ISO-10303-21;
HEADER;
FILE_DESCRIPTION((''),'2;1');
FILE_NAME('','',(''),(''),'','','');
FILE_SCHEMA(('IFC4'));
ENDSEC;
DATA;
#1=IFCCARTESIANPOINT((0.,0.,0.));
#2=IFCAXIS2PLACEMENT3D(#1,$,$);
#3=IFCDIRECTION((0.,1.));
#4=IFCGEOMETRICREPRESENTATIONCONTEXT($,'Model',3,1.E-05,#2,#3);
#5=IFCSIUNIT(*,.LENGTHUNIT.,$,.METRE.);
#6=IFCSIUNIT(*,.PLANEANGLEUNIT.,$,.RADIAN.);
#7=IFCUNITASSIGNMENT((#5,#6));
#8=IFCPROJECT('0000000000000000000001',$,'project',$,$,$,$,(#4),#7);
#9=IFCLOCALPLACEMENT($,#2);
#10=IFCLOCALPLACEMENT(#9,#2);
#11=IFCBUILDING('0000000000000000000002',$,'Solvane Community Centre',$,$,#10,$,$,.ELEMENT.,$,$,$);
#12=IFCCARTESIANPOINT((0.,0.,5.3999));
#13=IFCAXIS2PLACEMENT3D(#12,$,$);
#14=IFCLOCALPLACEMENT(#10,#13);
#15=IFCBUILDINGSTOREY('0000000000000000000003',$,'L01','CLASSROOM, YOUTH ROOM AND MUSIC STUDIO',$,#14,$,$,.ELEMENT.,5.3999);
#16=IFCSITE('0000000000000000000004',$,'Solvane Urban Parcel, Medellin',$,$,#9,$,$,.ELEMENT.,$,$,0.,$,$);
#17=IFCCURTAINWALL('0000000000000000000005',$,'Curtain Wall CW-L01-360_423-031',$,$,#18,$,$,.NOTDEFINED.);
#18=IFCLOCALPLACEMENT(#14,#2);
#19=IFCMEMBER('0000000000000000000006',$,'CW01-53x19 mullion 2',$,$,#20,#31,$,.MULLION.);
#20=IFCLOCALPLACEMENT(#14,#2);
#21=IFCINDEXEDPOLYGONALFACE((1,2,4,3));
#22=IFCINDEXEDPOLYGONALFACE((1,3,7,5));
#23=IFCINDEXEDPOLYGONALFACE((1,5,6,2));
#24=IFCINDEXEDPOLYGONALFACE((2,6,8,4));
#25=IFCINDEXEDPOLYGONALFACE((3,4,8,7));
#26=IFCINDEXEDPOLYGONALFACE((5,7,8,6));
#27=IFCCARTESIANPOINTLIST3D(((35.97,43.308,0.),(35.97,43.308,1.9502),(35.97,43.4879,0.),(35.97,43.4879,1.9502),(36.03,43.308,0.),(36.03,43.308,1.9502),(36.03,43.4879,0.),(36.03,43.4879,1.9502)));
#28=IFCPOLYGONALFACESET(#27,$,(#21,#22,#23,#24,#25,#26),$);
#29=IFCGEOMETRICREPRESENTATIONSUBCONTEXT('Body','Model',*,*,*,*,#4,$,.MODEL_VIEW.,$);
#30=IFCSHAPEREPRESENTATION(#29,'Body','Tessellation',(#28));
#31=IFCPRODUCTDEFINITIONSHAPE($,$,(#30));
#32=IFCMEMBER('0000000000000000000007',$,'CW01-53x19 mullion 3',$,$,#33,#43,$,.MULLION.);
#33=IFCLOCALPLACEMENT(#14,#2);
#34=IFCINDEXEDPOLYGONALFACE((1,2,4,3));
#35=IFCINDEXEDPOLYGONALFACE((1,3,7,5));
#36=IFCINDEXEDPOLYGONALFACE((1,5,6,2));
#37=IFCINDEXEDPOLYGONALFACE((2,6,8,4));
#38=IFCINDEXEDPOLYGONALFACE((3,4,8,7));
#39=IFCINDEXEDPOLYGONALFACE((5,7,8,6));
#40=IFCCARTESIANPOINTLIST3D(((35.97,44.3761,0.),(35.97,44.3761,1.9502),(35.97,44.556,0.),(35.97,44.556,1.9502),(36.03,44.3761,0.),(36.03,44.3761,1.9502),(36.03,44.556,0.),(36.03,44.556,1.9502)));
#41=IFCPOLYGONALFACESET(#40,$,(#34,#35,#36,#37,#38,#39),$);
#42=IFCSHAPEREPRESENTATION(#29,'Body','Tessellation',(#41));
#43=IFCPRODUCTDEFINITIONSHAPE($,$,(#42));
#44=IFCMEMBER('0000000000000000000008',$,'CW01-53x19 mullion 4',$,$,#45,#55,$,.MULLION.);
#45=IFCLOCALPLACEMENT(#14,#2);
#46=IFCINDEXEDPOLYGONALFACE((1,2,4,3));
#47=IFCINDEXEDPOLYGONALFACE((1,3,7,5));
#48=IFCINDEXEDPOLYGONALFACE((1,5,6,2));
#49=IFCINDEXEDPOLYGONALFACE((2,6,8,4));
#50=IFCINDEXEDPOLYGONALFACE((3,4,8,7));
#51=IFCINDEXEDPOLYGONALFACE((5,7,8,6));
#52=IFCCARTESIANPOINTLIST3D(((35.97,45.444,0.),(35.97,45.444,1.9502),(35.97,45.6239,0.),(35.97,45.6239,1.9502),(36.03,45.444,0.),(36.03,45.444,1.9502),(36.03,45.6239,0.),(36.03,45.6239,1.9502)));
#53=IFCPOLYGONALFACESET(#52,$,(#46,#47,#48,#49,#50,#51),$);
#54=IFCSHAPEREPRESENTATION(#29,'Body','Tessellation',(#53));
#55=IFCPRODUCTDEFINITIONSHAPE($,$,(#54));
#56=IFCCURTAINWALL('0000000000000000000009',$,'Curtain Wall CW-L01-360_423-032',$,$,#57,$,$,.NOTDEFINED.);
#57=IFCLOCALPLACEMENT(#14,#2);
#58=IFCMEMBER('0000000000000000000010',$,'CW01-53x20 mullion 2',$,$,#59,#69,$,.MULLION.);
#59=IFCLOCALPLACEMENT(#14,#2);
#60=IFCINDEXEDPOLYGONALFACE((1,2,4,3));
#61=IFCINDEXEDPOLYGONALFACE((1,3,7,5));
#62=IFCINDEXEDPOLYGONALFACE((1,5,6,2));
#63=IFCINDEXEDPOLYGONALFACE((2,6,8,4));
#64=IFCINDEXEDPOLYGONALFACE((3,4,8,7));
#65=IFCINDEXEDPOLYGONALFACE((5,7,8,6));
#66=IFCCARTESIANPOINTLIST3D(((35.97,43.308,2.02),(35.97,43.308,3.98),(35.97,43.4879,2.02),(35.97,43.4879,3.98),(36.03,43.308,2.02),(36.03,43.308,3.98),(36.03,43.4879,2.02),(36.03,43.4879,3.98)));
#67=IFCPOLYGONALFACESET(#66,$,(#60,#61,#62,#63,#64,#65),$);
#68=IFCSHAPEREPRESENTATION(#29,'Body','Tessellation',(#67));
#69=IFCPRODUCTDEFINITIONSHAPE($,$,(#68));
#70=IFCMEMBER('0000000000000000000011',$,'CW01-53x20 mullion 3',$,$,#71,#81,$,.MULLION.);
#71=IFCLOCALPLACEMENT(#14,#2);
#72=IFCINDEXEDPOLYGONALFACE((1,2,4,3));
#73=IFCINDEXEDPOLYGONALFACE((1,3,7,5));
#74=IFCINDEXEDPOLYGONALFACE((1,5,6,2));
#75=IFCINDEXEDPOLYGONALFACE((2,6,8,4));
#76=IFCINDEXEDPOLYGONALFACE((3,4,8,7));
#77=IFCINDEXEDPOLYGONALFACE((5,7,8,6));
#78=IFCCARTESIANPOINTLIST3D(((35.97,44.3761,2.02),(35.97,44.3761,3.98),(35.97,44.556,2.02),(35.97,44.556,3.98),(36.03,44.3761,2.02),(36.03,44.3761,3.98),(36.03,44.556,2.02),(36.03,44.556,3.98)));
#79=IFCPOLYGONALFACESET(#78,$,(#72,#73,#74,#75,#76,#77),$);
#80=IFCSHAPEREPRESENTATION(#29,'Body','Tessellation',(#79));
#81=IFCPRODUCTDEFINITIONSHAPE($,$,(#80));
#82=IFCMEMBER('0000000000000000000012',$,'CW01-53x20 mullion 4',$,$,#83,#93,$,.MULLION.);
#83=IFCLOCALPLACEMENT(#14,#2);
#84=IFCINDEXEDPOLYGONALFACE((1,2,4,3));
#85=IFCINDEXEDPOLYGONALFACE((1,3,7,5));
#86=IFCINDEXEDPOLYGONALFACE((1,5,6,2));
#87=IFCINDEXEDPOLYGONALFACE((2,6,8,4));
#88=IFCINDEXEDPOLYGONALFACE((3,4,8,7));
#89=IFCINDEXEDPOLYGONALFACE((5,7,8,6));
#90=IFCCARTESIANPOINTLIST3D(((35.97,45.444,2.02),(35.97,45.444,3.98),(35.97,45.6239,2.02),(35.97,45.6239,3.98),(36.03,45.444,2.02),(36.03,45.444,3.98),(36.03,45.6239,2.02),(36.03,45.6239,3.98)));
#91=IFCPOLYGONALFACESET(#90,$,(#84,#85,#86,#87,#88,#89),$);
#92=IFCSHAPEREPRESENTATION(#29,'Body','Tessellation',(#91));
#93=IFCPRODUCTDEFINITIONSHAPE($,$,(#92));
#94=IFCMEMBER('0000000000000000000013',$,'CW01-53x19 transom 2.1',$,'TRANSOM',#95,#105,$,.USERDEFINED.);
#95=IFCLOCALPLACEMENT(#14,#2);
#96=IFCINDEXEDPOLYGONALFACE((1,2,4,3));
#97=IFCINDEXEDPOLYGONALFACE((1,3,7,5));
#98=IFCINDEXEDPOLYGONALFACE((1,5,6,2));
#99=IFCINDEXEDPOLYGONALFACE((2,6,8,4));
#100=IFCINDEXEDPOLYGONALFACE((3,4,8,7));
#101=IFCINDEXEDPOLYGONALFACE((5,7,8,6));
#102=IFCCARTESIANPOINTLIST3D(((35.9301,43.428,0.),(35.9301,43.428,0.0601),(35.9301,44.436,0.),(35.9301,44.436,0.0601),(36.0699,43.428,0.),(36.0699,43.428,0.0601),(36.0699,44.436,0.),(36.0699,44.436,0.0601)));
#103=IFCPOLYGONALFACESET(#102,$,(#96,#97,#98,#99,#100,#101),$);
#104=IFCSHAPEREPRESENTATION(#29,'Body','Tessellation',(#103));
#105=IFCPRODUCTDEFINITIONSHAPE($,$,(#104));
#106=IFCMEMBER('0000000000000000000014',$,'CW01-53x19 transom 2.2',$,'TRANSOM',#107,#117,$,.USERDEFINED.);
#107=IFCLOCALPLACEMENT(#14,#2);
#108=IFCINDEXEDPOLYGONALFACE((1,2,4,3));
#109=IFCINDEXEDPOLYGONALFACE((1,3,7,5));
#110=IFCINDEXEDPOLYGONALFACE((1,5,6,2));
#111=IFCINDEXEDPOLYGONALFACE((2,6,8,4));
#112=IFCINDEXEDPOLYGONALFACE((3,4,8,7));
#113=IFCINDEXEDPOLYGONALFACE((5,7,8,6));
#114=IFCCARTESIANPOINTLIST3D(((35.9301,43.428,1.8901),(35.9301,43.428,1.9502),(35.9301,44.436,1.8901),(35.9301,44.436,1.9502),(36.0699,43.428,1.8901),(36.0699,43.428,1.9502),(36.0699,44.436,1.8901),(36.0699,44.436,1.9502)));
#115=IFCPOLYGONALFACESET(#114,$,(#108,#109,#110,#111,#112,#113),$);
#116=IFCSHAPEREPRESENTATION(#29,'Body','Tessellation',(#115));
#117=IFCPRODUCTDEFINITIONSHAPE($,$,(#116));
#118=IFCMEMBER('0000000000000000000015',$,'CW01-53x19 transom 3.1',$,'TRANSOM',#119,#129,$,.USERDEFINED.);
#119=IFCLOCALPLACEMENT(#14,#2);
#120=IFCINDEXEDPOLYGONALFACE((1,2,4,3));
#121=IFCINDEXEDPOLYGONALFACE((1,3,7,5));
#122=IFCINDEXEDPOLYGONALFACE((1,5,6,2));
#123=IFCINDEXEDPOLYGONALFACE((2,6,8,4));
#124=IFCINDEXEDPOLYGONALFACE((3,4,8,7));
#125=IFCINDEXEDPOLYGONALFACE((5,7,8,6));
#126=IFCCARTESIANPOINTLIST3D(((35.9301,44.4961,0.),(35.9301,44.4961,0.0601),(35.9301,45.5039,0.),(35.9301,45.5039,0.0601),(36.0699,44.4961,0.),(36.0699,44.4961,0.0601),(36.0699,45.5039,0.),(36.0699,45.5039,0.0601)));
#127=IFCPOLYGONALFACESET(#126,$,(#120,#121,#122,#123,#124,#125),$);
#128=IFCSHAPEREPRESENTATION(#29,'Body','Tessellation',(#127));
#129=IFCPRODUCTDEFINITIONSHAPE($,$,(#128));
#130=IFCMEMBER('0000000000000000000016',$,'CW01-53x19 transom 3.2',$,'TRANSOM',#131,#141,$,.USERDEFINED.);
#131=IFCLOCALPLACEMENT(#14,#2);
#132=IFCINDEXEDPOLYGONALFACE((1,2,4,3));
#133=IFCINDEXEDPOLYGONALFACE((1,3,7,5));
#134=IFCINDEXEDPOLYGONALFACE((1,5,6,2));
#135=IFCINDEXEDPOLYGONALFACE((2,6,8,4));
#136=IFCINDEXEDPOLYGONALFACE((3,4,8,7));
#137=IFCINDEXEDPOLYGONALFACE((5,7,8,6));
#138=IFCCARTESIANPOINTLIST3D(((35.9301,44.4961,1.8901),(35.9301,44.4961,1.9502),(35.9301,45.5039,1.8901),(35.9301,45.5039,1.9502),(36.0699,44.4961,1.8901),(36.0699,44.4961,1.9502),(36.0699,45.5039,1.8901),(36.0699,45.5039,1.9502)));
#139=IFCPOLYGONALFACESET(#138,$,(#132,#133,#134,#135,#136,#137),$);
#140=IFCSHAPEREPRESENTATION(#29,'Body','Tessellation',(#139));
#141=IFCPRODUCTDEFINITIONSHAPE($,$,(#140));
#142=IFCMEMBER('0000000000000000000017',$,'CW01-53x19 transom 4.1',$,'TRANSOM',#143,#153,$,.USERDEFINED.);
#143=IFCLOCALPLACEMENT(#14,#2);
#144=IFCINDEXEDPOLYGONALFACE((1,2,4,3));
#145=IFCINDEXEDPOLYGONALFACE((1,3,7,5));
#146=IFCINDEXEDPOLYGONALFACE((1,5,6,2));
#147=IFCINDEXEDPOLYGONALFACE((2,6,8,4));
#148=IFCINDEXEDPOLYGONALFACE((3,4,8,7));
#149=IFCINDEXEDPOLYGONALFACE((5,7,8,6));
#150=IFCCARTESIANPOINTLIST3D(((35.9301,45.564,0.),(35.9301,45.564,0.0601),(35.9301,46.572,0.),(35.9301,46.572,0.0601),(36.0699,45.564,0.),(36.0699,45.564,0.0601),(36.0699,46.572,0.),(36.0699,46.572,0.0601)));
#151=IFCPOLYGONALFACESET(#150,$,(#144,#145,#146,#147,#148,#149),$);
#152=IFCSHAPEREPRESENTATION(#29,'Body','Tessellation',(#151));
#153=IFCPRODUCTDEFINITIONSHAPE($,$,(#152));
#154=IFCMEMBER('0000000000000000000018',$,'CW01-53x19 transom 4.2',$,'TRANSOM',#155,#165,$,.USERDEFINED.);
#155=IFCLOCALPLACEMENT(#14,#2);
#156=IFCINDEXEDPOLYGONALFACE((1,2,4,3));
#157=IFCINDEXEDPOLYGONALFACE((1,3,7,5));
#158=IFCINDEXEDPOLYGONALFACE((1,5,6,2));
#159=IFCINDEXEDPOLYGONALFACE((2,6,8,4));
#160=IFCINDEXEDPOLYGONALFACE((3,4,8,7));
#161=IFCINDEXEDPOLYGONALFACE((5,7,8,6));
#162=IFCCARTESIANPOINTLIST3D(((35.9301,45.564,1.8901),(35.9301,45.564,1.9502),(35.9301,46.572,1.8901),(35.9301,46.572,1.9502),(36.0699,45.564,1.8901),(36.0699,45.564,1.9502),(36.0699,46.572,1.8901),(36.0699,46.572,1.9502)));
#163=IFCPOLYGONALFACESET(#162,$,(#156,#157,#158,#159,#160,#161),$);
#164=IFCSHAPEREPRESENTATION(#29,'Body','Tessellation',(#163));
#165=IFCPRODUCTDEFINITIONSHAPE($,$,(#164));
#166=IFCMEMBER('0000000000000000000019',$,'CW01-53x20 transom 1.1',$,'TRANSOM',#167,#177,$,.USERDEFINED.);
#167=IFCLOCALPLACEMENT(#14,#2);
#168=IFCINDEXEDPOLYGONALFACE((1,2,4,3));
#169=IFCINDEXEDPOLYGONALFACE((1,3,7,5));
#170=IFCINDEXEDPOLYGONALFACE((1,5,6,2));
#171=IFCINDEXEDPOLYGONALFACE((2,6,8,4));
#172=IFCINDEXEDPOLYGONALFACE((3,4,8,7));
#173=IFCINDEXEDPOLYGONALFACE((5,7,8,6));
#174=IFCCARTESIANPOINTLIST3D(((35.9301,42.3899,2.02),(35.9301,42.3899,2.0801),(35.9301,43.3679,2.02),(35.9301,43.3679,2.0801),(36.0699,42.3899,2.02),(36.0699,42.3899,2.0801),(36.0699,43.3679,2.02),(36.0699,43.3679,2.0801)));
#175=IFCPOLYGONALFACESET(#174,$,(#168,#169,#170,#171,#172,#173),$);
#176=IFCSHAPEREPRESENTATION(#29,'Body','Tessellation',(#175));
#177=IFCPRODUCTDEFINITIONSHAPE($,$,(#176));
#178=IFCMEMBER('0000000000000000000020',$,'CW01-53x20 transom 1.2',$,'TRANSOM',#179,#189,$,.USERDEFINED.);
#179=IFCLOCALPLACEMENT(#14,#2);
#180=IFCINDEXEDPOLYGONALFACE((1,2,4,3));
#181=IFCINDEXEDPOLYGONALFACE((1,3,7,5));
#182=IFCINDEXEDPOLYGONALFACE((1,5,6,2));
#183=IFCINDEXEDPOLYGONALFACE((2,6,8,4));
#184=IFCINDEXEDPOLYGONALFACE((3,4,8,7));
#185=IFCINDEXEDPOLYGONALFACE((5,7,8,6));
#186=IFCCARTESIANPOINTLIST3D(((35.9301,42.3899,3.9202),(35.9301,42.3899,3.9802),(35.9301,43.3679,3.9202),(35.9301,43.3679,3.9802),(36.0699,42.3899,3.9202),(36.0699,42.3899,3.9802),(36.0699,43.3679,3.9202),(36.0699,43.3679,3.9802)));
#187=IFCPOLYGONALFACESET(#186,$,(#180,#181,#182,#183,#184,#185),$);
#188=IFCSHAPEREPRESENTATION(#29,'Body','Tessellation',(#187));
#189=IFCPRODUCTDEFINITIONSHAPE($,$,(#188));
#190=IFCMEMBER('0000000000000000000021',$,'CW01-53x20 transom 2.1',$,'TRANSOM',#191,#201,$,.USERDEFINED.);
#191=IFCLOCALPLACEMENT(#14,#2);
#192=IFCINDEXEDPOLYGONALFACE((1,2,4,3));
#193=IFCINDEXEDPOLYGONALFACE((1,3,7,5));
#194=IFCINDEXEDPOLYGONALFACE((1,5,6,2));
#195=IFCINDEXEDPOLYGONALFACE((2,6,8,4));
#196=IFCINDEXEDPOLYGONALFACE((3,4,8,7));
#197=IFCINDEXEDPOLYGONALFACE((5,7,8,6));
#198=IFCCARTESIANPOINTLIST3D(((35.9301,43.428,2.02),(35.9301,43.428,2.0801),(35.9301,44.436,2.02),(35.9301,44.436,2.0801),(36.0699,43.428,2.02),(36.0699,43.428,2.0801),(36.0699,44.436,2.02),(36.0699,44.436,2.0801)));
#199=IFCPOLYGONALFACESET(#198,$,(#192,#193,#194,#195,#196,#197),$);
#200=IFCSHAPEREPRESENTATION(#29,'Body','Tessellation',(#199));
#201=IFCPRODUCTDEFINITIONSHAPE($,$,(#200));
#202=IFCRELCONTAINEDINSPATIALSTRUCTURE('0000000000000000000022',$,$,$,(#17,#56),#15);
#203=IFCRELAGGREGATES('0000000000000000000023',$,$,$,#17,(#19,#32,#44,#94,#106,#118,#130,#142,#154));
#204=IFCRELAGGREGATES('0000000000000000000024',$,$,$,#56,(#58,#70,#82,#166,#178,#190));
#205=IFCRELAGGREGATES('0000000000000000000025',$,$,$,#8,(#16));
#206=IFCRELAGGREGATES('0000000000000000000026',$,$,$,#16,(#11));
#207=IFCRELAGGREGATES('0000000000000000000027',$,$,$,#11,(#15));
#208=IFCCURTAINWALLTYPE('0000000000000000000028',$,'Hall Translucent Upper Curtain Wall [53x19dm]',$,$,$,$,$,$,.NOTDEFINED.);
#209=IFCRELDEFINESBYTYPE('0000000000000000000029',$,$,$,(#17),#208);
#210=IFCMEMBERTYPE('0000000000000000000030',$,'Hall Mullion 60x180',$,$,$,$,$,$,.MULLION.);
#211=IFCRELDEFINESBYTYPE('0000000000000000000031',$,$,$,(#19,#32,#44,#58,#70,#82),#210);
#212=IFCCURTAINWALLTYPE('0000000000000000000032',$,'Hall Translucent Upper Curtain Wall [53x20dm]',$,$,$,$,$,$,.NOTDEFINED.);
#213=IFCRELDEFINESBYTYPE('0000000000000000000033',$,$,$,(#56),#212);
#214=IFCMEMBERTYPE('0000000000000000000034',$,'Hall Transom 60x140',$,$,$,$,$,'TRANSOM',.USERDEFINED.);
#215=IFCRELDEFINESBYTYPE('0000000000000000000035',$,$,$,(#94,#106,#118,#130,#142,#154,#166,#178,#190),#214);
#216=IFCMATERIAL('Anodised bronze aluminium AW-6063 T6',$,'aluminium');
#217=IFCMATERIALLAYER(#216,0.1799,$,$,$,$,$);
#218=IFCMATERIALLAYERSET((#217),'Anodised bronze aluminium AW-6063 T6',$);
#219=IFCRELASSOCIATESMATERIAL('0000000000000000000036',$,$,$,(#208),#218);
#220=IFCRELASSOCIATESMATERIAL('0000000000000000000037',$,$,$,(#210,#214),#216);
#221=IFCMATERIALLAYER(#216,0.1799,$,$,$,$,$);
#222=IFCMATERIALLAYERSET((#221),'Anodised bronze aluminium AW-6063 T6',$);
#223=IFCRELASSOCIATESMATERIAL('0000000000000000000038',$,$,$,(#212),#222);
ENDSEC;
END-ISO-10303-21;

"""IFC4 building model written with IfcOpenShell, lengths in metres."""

from ifc_helpers import new_model, si_unit, direction, frame, origin, origin_2d, place, context, subcontext, project, spatial, rectangle, extrude, material, layer, layer_set, material_profile, profile_set, type_object, element, aggregate, save


model = new_model("IFC4")

# Units and contexts
model_context = context("Model", 3, precision=1e-05, world=origin(), true_north=direction((0.0, 1.0)))
body_context = subcontext(model_context, "Body", "Model", "MODEL_VIEW")
ifc_project = project(units=[si_unit("LENGTHUNIT", "METRE"), si_unit("PLANEANGLEUNIT", "RADIAN")], contexts=[model_context])

# Site, building, storey
site_placement = place(None, origin())
site = spatial("IfcSite", under=ifc_project, at=site_placement, Name="Solvane Urban Parcel, Medellin", CompositionType="ELEMENT", RefElevation=0.0)
building_placement = place(site_placement, origin())
building = spatial("IfcBuilding", under=site, at=building_placement, Name="Solvane Community Centre", CompositionType="ELEMENT")
storey_placement = place(building_placement, frame((0.0, 0.0, 5.3999)))
storey = spatial("IfcBuildingStorey", under=building, at=storey_placement, Name="L01", Description="CLASSROOM, YOUTH ROOM AND MUSIC STUDIO", CompositionType="ELEMENT", Elevation=5.3999)

# Curtain walls, members
ifc_material_1 = material(Name="Anodised bronze aluminium AW-6063 T6", Category="aluminium")
ifc_layer_1 = layer(ifc_material_1, 0.1799)
ifc_layer_set_1 = layer_set([ifc_layer_1], Name="Anodised bronze aluminium AW-6063 T6")
curtain_wall_type_1 = type_object("IfcCurtainWallType", Name="Hall Translucent Upper Curtain Wall [53x19dm]", PredefinedType="NOTDEFINED", material=ifc_layer_set_1)
curtain_wall_1_placement = place(storey_placement, origin())
curtain_wall_1 = element("IfcCurtainWall", 1, at=curtain_wall_1_placement, inside=storey, type_object=curtain_wall_type_1, Name="Curtain Wall CW-L01-360_423-031", PredefinedType="NOTDEFINED")
ifc_material_profile_1 = material_profile(ifc_material_1, rectangle(XDim=0.0601, YDim=0.1799, at=origin_2d()), Name="CW-M 60x180")
ifc_profile_set_1 = profile_set([ifc_material_profile_1], Name="Anodised bronze aluminium AW-6063 T6")
member_type_1 = type_object("IfcMemberType", Name="Hall Mullion 60x180", PredefinedType="MULLION", material=ifc_profile_set_1)
member_1_placement = place(storey_placement, frame((36.0, 43.3979, 0.0), z_axis=(0.0, 0.0, 1.0), x_axis=(-1.0, 0.0, 0.0)))
member_1 = element("IfcMember", 2, at=member_1_placement, type_object=member_type_1, Name="CW01-53x19 mullion 2", PredefinedType="MULLION", context=body_context, shape_type="SweptSolid", body=[
    extrude(rectangle(XDim=0.0601, YDim=0.1799, at=origin_2d()), origin(), (0.0, 0.0, 1.0), 1.9502),
])
member_2_placement = place(storey_placement, frame((36.0, 44.4661, 0.0), z_axis=(0.0, 0.0, 1.0), x_axis=(-1.0, 0.0, 0.0)))
member_2 = element("IfcMember", 3, at=member_2_placement, type_object=member_type_1, Name="CW01-53x19 mullion 3", PredefinedType="MULLION", context=body_context, shape_type="SweptSolid", body=[
    extrude(rectangle(XDim=0.0601, YDim=0.1799, at=origin_2d()), origin(), (0.0, 0.0, 1.0), 1.9502),
])
member_3_placement = place(storey_placement, frame((36.0, 45.5339, 0.0), z_axis=(0.0, 0.0, 1.0), x_axis=(-1.0, 0.0, 0.0)))
member_3 = element("IfcMember", 4, at=member_3_placement, type_object=member_type_1, Name="CW01-53x19 mullion 4", PredefinedType="MULLION", context=body_context, shape_type="SweptSolid", body=[
    extrude(rectangle(XDim=0.0601, YDim=0.1799, at=origin_2d()), origin(), (0.0, 0.0, 1.0), 1.9502),
])
ifc_layer_2 = layer(ifc_material_1, 0.1799)
ifc_layer_set_2 = layer_set([ifc_layer_2], Name="Anodised bronze aluminium AW-6063 T6")
curtain_wall_type_2 = type_object("IfcCurtainWallType", Name="Hall Translucent Upper Curtain Wall [53x20dm]", PredefinedType="NOTDEFINED", material=ifc_layer_set_2)
curtain_wall_2_placement = place(storey_placement, origin())
curtain_wall_2 = element("IfcCurtainWall", 5, at=curtain_wall_2_placement, inside=storey, type_object=curtain_wall_type_2, Name="Curtain Wall CW-L01-360_423-032", PredefinedType="NOTDEFINED")
member_4_placement = place(storey_placement, frame((36.0, 43.3979, 2.02), z_axis=(0.0, 0.0, 1.0), x_axis=(-1.0, 0.0, 0.0)))
member_4 = element("IfcMember", 6, at=member_4_placement, type_object=member_type_1, Name="CW01-53x20 mullion 2", PredefinedType="MULLION", context=body_context, shape_type="SweptSolid", body=[
    extrude(rectangle(XDim=0.0601, YDim=0.1799, at=origin_2d()), origin(), (0.0, 0.0, 1.0), 1.96),
])
member_5_placement = place(storey_placement, frame((36.0, 44.4661, 2.02), z_axis=(0.0, 0.0, 1.0), x_axis=(-1.0, 0.0, 0.0)))
member_5 = element("IfcMember", 7, at=member_5_placement, type_object=member_type_1, Name="CW01-53x20 mullion 3", PredefinedType="MULLION", context=body_context, shape_type="SweptSolid", body=[
    extrude(rectangle(XDim=0.0601, YDim=0.1799, at=origin_2d()), origin(), (0.0, 0.0, 1.0), 1.96),
])
member_6_placement = place(storey_placement, frame((36.0, 45.5339, 2.02), z_axis=(0.0, 0.0, 1.0), x_axis=(-1.0, 0.0, 0.0)))
member_6 = element("IfcMember", 8, at=member_6_placement, type_object=member_type_1, Name="CW01-53x20 mullion 4", PredefinedType="MULLION", context=body_context, shape_type="SweptSolid", body=[
    extrude(rectangle(XDim=0.0601, YDim=0.1799, at=origin_2d()), origin(), (0.0, 0.0, 1.0), 1.96),
])

# Members
ifc_material_profile_2 = material_profile(ifc_material_1, rectangle(XDim=0.1399, YDim=0.0601, at=origin_2d()), Name="CW-T 60x140")
ifc_profile_set_2 = profile_set([ifc_material_profile_2], Name="Anodised bronze aluminium AW-6063 T6")
member_type_2 = type_object("IfcMemberType", Name="Hall Transom 60x140", ElementType="TRANSOM", PredefinedType="USERDEFINED", material=ifc_profile_set_2)
member_7_placement = place(storey_placement, frame((36.0, 43.428, 0.03), z_axis=(0.0, 1.0, 0.0), x_axis=(-1.0, 0.0, 0.0)))
member_7 = element("IfcMember", 9, at=member_7_placement, type_object=member_type_2, Name="CW01-53x19 transom 2.1", ObjectType="TRANSOM", PredefinedType="USERDEFINED", context=body_context, shape_type="SweptSolid", body=[
    extrude(rectangle(XDim=0.1399, YDim=0.0601, at=origin_2d()), origin(), (0.0, 0.0, 1.0), 1.0081),
])
member_8_placement = place(storey_placement, frame((36.0, 43.428, 1.9202), z_axis=(0.0, 1.0, 0.0), x_axis=(-1.0, 0.0, 0.0)))
member_8 = element("IfcMember", 10, at=member_8_placement, type_object=member_type_2, Name="CW01-53x19 transom 2.2", ObjectType="TRANSOM", PredefinedType="USERDEFINED", context=body_context, shape_type="SweptSolid", body=[
    extrude(rectangle(XDim=0.1399, YDim=0.0601, at=origin_2d()), origin(), (0.0, 0.0, 1.0), 1.0081),
])
member_9_placement = place(storey_placement, frame((36.0, 44.4961, 0.03), z_axis=(0.0, 1.0, 0.0), x_axis=(-1.0, 0.0, 0.0)))
member_9 = element("IfcMember", 11, at=member_9_placement, type_object=member_type_2, Name="CW01-53x19 transom 3.1", ObjectType="TRANSOM", PredefinedType="USERDEFINED", context=body_context, shape_type="SweptSolid", body=[
    extrude(rectangle(XDim=0.1399, YDim=0.0601, at=origin_2d()), origin(), (0.0, 0.0, 1.0), 1.0078),
])
member_10_placement = place(storey_placement, frame((36.0, 44.4961, 1.9202), z_axis=(0.0, 1.0, 0.0), x_axis=(-1.0, 0.0, 0.0)))
member_10 = element("IfcMember", 12, at=member_10_placement, type_object=member_type_2, Name="CW01-53x19 transom 3.2", ObjectType="TRANSOM", PredefinedType="USERDEFINED", context=body_context, shape_type="SweptSolid", body=[
    extrude(rectangle(XDim=0.1399, YDim=0.0601, at=origin_2d()), origin(), (0.0, 0.0, 1.0), 1.0078),
])
member_11_placement = place(storey_placement, frame((36.0, 45.564, 0.03), z_axis=(0.0, 1.0, 0.0), x_axis=(-1.0, 0.0, 0.0)))
member_11 = element("IfcMember", 13, at=member_11_placement, type_object=member_type_2, Name="CW01-53x19 transom 4.1", ObjectType="TRANSOM", PredefinedType="USERDEFINED", context=body_context, shape_type="SweptSolid", body=[
    extrude(rectangle(XDim=0.1399, YDim=0.0601, at=origin_2d()), origin(), (0.0, 0.0, 1.0), 1.0081),
])
member_12_placement = place(storey_placement, frame((36.0, 45.564, 1.9202), z_axis=(0.0, 1.0, 0.0), x_axis=(-1.0, 0.0, 0.0)))
member_12 = element("IfcMember", 14, at=member_12_placement, type_object=member_type_2, Name="CW01-53x19 transom 4.2", ObjectType="TRANSOM", PredefinedType="USERDEFINED", context=body_context, shape_type="SweptSolid", body=[
    extrude(rectangle(XDim=0.1399, YDim=0.0601, at=origin_2d()), origin(), (0.0, 0.0, 1.0), 1.0081),
])
member_13_placement = place(storey_placement, frame((36.0, 42.3899, 2.05), z_axis=(0.0, 1.0, 0.0), x_axis=(-1.0, 0.0, 0.0)))
member_13 = element("IfcMember", 15, at=member_13_placement, type_object=member_type_2, Name="CW01-53x20 transom 1.1", ObjectType="TRANSOM", PredefinedType="USERDEFINED", context=body_context, shape_type="SweptSolid", body=[
    extrude(rectangle(XDim=0.1399, YDim=0.0601, at=origin_2d()), origin(), (0.0, 0.0, 1.0), 0.978),
])
member_14_placement = place(storey_placement, frame((36.0, 42.3899, 3.9502), z_axis=(0.0, 1.0, 0.0), x_axis=(-1.0, 0.0, 0.0)))
member_14 = element("IfcMember", 16, at=member_14_placement, type_object=member_type_2, Name="CW01-53x20 transom 1.2", ObjectType="TRANSOM", PredefinedType="USERDEFINED", context=body_context, shape_type="SweptSolid", body=[
    extrude(rectangle(XDim=0.1399, YDim=0.0601, at=origin_2d()), origin(), (0.0, 0.0, 1.0), 0.978),
])
member_15_placement = place(storey_placement, frame((36.0, 43.428, 2.05), z_axis=(0.0, 1.0, 0.0), x_axis=(-1.0, 0.0, 0.0)))
member_15 = element("IfcMember", 17, at=member_15_placement, type_object=member_type_2, Name="CW01-53x20 transom 2.1", ObjectType="TRANSOM", PredefinedType="USERDEFINED", context=body_context, shape_type="SweptSolid", body=[
    extrude(rectangle(XDim=0.1399, YDim=0.0601, at=origin_2d()), origin(), (0.0, 0.0, 1.0), 1.0081),
])

aggregate(curtain_wall_1, [member_1, member_2, member_3, member_7, member_8, member_9, member_10, member_11, member_12])
aggregate(curtain_wall_2, [member_4, member_5, member_6, member_13, member_14, member_15])

save(model, "model.ifc")
